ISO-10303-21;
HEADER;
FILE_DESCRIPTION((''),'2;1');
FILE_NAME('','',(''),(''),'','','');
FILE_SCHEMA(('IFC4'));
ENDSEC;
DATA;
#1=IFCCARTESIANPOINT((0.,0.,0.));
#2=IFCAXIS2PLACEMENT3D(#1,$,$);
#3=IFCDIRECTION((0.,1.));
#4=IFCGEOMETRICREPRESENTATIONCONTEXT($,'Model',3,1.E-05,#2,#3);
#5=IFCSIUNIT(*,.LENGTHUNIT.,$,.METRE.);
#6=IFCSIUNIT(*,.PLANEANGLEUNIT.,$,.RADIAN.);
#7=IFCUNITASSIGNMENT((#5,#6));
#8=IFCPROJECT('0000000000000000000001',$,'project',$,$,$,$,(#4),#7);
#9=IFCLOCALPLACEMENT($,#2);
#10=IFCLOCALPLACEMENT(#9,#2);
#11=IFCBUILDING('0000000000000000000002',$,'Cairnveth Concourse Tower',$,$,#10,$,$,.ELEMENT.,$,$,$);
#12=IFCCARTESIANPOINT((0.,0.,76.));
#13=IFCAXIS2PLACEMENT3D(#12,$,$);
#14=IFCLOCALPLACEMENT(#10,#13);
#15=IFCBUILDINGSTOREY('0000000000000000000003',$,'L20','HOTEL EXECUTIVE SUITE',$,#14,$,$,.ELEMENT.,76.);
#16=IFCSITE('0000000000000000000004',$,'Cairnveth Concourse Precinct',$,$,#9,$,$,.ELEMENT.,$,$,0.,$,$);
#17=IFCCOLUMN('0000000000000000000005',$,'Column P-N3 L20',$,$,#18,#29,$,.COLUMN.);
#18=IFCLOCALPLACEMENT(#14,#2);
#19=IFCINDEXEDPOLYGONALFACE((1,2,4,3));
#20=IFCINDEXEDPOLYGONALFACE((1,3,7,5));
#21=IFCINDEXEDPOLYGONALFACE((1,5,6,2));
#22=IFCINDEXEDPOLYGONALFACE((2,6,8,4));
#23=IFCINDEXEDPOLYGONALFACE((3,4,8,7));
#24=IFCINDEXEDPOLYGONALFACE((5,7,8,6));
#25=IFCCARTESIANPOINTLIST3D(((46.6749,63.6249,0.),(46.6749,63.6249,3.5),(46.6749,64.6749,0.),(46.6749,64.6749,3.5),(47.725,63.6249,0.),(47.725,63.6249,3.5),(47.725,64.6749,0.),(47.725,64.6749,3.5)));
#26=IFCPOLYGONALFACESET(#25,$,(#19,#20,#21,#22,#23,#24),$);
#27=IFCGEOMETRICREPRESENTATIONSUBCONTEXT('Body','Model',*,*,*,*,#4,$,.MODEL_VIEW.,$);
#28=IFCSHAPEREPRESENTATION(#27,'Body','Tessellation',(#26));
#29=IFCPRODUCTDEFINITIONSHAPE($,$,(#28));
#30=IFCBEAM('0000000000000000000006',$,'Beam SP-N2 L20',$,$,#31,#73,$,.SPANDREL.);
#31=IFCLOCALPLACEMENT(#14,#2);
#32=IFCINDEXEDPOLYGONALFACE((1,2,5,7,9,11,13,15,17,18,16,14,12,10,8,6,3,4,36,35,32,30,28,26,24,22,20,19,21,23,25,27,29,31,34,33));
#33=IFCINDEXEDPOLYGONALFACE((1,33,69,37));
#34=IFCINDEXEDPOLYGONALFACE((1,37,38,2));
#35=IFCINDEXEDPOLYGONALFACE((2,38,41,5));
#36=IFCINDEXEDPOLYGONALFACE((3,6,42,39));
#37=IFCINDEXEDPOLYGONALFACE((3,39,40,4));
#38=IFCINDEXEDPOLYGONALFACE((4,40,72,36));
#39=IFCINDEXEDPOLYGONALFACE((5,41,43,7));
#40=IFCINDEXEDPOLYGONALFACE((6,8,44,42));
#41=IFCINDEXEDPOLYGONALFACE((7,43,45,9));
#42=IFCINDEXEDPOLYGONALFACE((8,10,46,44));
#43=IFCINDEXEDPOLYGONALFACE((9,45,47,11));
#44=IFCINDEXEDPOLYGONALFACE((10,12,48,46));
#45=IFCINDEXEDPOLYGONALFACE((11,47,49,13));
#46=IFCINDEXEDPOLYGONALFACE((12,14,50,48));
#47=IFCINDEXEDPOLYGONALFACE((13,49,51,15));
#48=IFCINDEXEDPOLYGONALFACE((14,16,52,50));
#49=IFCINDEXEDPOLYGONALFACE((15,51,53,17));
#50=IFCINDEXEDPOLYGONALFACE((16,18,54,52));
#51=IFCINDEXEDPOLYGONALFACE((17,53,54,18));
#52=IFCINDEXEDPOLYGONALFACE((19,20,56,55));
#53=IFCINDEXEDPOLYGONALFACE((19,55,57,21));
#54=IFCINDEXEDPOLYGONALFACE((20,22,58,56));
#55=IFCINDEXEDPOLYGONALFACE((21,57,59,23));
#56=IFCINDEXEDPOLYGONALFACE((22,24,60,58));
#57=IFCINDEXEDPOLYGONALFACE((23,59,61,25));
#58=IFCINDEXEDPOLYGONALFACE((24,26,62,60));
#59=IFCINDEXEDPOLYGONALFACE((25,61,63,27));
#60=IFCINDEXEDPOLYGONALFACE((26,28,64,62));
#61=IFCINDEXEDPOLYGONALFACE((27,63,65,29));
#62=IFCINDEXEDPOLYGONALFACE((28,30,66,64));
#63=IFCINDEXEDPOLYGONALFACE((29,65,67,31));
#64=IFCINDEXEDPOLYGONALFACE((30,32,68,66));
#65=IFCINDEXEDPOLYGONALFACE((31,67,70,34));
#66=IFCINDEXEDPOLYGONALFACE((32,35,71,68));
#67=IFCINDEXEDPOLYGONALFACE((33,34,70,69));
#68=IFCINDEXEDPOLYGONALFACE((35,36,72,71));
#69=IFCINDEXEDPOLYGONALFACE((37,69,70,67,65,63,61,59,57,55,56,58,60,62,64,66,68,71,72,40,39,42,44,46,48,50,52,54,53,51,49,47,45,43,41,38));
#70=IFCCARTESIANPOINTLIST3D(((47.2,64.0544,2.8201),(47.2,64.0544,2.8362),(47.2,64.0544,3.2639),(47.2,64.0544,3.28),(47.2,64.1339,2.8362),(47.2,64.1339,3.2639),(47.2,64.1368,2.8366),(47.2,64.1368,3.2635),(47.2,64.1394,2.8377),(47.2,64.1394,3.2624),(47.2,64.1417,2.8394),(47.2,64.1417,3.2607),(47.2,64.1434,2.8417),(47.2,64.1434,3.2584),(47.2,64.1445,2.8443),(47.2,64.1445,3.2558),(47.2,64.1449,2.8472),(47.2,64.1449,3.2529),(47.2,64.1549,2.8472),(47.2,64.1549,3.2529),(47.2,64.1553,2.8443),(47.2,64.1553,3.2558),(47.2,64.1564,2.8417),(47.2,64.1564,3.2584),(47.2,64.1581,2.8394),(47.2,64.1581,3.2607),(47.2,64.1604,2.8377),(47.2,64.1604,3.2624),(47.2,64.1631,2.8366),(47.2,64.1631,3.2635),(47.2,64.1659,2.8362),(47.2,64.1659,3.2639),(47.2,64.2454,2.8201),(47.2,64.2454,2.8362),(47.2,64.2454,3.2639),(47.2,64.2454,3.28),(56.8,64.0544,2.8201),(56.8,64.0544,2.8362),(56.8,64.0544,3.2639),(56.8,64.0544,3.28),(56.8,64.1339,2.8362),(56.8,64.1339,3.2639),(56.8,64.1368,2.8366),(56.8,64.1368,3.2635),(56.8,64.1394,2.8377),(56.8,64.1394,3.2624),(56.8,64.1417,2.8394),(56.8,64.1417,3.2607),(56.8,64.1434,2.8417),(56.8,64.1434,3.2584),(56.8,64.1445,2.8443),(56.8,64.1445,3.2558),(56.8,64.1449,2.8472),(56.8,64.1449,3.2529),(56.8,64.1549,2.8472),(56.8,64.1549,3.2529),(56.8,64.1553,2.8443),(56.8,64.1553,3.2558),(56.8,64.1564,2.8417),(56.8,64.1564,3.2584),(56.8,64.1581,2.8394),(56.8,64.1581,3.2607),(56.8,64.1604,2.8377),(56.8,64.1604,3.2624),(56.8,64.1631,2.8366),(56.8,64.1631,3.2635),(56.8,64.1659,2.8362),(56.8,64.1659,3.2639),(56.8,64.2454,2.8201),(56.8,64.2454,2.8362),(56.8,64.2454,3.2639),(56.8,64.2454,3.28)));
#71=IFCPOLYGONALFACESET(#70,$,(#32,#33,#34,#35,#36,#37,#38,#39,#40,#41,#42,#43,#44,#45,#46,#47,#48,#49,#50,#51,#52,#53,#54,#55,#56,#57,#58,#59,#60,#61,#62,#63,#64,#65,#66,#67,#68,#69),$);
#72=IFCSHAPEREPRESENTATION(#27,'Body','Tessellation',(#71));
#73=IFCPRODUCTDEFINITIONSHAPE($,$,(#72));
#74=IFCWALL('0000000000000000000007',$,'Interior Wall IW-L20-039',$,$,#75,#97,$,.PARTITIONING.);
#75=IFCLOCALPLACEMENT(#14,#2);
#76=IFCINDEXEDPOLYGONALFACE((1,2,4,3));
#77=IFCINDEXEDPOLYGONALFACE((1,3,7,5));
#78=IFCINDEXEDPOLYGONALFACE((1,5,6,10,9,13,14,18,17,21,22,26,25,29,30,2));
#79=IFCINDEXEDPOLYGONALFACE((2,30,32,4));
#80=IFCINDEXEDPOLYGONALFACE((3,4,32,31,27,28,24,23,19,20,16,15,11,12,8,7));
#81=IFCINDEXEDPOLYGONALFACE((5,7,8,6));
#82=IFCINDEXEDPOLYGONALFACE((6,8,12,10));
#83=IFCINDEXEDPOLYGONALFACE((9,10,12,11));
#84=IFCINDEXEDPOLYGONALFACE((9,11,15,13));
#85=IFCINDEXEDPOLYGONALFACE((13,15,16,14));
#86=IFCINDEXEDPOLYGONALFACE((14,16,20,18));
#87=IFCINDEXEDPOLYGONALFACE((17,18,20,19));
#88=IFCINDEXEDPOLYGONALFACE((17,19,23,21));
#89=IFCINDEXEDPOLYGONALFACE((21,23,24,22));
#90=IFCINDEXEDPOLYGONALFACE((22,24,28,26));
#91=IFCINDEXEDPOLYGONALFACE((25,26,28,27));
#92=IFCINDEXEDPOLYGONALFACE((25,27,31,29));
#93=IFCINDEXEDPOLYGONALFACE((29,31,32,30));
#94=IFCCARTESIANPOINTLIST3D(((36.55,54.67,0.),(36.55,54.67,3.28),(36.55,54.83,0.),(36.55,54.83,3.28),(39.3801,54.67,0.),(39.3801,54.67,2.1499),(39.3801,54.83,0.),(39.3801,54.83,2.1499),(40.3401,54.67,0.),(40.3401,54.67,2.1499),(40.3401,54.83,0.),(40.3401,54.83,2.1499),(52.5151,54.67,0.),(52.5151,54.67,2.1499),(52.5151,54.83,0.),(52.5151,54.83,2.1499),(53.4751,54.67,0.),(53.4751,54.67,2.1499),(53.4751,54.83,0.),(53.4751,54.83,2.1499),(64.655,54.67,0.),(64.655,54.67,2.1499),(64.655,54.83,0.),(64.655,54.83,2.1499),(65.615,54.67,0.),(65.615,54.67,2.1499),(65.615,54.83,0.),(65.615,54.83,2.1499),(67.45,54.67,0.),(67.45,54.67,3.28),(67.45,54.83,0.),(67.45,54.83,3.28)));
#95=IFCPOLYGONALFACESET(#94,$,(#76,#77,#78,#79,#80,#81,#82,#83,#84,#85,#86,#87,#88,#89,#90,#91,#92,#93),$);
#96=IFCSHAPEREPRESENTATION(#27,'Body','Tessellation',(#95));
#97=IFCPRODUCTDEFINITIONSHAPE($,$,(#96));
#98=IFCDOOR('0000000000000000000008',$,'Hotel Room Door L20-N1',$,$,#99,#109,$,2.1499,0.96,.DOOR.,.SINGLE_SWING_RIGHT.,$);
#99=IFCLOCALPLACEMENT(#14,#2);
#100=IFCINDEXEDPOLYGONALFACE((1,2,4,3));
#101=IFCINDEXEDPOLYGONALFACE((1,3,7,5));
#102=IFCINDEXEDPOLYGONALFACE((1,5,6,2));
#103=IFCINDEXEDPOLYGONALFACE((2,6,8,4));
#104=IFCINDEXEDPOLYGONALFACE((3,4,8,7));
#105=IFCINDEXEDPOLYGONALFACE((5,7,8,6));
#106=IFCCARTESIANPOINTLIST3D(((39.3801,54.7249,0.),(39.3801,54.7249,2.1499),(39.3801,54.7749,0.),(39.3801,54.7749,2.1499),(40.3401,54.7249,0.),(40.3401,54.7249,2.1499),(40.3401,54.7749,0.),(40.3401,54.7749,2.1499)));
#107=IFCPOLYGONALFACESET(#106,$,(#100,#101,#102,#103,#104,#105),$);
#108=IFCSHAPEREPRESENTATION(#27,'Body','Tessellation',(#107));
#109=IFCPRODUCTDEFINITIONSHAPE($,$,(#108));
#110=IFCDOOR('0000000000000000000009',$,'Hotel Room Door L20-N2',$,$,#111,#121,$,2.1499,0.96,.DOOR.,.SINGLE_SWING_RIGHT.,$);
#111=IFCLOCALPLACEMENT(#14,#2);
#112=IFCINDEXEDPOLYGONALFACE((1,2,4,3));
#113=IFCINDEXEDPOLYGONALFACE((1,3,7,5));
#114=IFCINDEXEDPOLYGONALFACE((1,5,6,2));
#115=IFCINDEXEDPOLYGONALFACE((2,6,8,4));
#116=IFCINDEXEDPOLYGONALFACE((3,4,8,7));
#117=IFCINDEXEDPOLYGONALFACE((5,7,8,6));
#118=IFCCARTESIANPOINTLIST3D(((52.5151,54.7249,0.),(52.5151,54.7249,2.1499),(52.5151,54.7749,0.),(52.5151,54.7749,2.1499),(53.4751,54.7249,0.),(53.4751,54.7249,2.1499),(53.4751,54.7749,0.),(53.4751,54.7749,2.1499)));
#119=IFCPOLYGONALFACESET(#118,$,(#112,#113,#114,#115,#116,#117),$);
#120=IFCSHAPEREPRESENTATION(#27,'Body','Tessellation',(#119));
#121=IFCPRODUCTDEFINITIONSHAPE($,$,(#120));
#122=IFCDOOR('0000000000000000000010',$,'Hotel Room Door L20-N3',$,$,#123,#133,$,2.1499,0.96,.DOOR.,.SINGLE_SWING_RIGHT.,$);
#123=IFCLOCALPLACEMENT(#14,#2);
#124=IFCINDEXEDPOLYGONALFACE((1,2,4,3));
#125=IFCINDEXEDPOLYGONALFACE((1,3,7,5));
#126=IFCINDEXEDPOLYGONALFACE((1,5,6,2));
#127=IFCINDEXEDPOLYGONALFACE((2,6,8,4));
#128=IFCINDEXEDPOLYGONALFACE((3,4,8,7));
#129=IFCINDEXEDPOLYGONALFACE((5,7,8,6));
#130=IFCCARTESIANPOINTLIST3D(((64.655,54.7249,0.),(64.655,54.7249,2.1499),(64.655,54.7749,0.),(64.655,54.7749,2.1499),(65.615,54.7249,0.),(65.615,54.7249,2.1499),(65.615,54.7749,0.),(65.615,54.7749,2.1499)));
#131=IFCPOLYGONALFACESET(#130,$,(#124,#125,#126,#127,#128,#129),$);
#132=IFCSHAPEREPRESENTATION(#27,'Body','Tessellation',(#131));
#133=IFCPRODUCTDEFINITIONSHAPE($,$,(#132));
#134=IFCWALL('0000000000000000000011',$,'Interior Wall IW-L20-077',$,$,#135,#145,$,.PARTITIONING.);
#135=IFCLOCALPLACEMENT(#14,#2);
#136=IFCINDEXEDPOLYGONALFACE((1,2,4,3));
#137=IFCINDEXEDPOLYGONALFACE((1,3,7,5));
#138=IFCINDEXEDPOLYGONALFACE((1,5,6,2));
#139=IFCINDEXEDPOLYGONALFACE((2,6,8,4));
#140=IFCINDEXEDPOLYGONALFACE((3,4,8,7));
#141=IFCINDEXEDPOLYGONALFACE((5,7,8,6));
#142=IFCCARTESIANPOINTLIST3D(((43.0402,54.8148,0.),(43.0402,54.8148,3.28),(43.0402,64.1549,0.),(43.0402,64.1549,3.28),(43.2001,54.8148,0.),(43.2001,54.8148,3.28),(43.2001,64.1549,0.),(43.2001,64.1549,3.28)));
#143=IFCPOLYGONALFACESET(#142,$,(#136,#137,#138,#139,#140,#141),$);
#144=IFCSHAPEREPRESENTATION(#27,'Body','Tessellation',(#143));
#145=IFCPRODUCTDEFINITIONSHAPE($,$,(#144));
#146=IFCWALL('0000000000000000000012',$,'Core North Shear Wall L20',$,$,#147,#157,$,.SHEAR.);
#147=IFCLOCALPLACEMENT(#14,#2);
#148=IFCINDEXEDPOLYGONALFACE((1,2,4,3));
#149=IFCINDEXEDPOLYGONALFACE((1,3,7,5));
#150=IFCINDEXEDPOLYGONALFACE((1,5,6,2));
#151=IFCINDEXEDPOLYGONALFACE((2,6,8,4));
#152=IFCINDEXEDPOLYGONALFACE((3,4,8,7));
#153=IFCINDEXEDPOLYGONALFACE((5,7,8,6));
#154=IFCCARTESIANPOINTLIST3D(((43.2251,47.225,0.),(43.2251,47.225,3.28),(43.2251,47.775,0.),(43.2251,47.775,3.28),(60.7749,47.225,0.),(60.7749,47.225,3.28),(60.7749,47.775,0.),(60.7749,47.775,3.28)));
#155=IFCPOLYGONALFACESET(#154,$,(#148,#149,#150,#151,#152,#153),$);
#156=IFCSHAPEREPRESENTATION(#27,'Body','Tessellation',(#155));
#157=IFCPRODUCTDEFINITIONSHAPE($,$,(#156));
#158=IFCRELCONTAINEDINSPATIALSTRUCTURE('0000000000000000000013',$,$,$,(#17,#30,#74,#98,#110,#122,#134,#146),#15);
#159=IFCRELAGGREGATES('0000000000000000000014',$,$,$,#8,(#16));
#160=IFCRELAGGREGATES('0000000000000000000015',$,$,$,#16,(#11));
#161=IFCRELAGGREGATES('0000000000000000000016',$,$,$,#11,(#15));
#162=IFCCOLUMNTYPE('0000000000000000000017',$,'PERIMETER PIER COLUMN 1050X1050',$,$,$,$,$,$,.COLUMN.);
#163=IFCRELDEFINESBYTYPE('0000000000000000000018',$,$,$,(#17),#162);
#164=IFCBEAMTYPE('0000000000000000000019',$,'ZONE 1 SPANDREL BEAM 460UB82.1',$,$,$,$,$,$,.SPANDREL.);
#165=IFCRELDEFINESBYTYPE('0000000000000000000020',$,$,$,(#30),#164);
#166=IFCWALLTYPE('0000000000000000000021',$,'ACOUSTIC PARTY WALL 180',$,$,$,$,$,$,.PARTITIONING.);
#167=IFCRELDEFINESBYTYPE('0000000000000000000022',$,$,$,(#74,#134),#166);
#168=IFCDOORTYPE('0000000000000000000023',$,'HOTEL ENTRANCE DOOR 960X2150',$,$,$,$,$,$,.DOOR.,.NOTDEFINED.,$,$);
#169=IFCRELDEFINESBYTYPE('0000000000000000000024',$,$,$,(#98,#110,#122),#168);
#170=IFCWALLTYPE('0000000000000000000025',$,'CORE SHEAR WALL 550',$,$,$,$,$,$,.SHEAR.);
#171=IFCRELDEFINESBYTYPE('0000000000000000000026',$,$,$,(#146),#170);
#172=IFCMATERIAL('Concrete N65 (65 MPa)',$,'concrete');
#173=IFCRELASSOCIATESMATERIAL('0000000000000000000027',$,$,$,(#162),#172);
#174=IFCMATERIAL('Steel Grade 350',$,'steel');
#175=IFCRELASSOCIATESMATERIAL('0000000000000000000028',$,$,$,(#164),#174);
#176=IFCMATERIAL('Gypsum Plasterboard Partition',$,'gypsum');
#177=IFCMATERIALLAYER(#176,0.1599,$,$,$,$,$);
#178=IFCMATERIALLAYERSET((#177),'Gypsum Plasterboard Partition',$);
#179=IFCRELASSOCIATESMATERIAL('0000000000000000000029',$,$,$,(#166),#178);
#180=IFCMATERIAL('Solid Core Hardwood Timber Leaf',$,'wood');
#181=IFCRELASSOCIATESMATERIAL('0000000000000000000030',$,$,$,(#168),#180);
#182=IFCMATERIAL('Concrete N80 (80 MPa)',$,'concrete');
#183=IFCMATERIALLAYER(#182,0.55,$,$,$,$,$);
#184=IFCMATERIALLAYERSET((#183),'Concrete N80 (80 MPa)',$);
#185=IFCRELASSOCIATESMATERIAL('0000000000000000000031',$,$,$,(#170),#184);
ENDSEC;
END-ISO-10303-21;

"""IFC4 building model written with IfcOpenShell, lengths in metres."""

from ifc_helpers import new_model, si_unit, direction, frame, frame_2d, origin, origin_2d, place, context, subcontext, project, spatial, rectangle, i_section, extrude, material, layer, layer_set, material_profile, profile_set, type_object, element, fill, save


model = new_model("IFC4")

# Units and contexts
model_context = context("Model", 3, precision=1e-05, world=origin(), true_north=direction((0.0, 1.0)))
body_context = subcontext(model_context, "Body", "Model", "MODEL_VIEW")
ifc_project = project(units=[si_unit("LENGTHUNIT", "METRE"), si_unit("PLANEANGLEUNIT", "RADIAN")], contexts=[model_context])

# Site, building, storey
site_placement = place(None, origin())
site = spatial("IfcSite", under=ifc_project, at=site_placement, Name="Cairnveth Concourse Precinct", CompositionType="ELEMENT", RefElevation=0.0)
building_placement = place(site_placement, origin())
building = spatial("IfcBuilding", under=site, at=building_placement, Name="Cairnveth Concourse Tower", CompositionType="ELEMENT")
storey_placement = place(building_placement, frame((0.0, 0.0, 76.0)))
storey = spatial("IfcBuildingStorey", under=building, at=storey_placement, Name="L20", Description="HOTEL EXECUTIVE SUITE", CompositionType="ELEMENT", Elevation=76.0)

# Column
ifc_material_1 = material(Name="Concrete N65 (65 MPa)", Category="concrete")
ifc_material_profile_1 = material_profile(ifc_material_1, rectangle(XDim=1.05, YDim=1.05, at=origin_2d()), Name="RC-COL-1050x1050")
ifc_profile_set_1 = profile_set([ifc_material_profile_1], Name="Concrete N65 (65 MPa)")
column_type = type_object("IfcColumnType", Name="PERIMETER PIER COLUMN 1050X1050", PredefinedType="COLUMN", material=ifc_profile_set_1)
column_placement = place(storey_placement, frame((47.2, 64.1499, 0.0), z_axis=(0.0, 0.0, 1.0), x_axis=(1.0, 0.0, 0.0)))
element("IfcColumn", 1, at=column_placement, inside=storey, type_object=column_type, Name="Column P-N3 L20", PredefinedType="COLUMN", context=body_context, shape_type="SweptSolid", body=[
    extrude(rectangle(XDim=1.05, YDim=1.05, at=origin_2d()), origin(), (0.0, 0.0, 1.0), 3.5),
])

# Beam
ifc_material_2 = material(Name="Steel Grade 350", Category="steel")
ifc_material_profile_2 = material_profile(ifc_material_2, i_section(OverallWidth=0.1909, OverallDepth=0.46, WebThickness=0.01, FlangeThickness=0.0161, FilletRadius=0.011, at=origin_2d()), Name="460UB82.1")
ifc_profile_set_2 = profile_set([ifc_material_profile_2], Name="Steel Grade 350")
beam_type = type_object("IfcBeamType", Name="ZONE 1 SPANDREL BEAM 460UB82.1", PredefinedType="SPANDREL", material=ifc_profile_set_2)
beam_placement = place(storey_placement, frame((47.2, 64.1499, 3.05), z_axis=(1.0, 0.0, 0.0), x_axis=(0.0, 1.0, 0.0)))
element("IfcBeam", 2, at=beam_placement, inside=storey, type_object=beam_type, Name="Beam SP-N2 L20", PredefinedType="SPANDREL", context=body_context, shape_type="SweptSolid", body=[
    extrude(i_section(OverallWidth=0.1909, OverallDepth=0.46, WebThickness=0.01, FlangeThickness=0.0161, FilletRadius=0.011, at=origin_2d()), origin(), (0.0, 0.0, 1.0), 9.6001),
])

# Wall, openings, doors
ifc_material_3 = material(Name="Gypsum Plasterboard Partition", Category="gypsum")
ifc_layer_1 = layer(ifc_material_3, 0.1599)
ifc_layer_set_1 = layer_set([ifc_layer_1], Name="Gypsum Plasterboard Partition")
wall_type_1 = type_object("IfcWallType", Name="ACOUSTIC PARTY WALL 180", PredefinedType="PARTITIONING", material=ifc_layer_set_1)
wall_1_placement = place(storey_placement, frame((36.55, 54.75, 0.0), z_axis=(0.0, 0.0, 1.0), x_axis=(1.0, 0.0, 0.0)))
wall_1 = element("IfcWall", 3, at=wall_1_placement, inside=storey, type_object=wall_type_1, Name="Interior Wall IW-L20-039", PredefinedType="PARTITIONING", context=body_context, shape_type="SweptSolid", body=[
    extrude(rectangle(XDim=30.8999, YDim=0.1599, at=frame_2d((15.45, 0.0))), origin(), (0.0, 0.0, 1.0), 3.28),
])
opening_1_placement = place(wall_1_placement, frame((2.8301, 0.0, 0.0)))
opening_1 = element("IfcOpeningElement", 4, at=opening_1_placement, cuts=wall_1, PredefinedType="OPENING", context=body_context, shape_type="SweptSolid", body=[
    extrude(rectangle(XDim=0.96, YDim=2.1499, at=frame_2d((0.48, 1.075))), frame((0.0, 0.0898, 0.0), z_axis=(0.0, -1.0, 0.0), x_axis=(1.0, 0.0, 0.0)), (0.0, 0.0, 1.0), 0.1799),
])
opening_2_placement = place(wall_1_placement, frame((15.9651, 0.0, 0.0)))
opening_2 = element("IfcOpeningElement", 5, at=opening_2_placement, cuts=wall_1, PredefinedType="OPENING", context=body_context, shape_type="SweptSolid", body=[
    extrude(rectangle(XDim=0.96, YDim=2.1499, at=frame_2d((0.48, 1.075))), frame((0.0, 0.0898, 0.0), z_axis=(0.0, -1.0, 0.0), x_axis=(1.0, 0.0, 0.0)), (0.0, 0.0, 1.0), 0.1799),
])
opening_3_placement = place(wall_1_placement, frame((28.105, 0.0, 0.0)))
opening_3 = element("IfcOpeningElement", 6, at=opening_3_placement, cuts=wall_1, PredefinedType="OPENING", context=body_context, shape_type="SweptSolid", body=[
    extrude(rectangle(XDim=0.96, YDim=2.1499, at=frame_2d((0.48, 1.075))), frame((0.0, 0.0898, 0.0), z_axis=(0.0, -1.0, 0.0), x_axis=(1.0, 0.0, 0.0)), (0.0, 0.0, 1.0), 0.1799),
])
ifc_material_4 = material(Name="Solid Core Hardwood Timber Leaf", Category="wood")
door_type_1 = type_object("IfcDoorType", Name="HOTEL ENTRANCE DOOR 960X2150", OperationType="NOTDEFINED", PredefinedType="DOOR", material=ifc_material_4)
door_1_placement = place(opening_1_placement, origin())
door_1 = element("IfcDoor", 7, at=door_1_placement, inside=storey, type_object=door_type_1, Name="Hotel Room Door L20-N1", OperationType="SINGLE_SWING_RIGHT", OverallHeight=2.1499, OverallWidth=0.96, PredefinedType="DOOR", context=body_context, shape_type="SweptSolid", body=[
    extrude(rectangle(XDim=0.96, YDim=2.1499, at=frame_2d((0.48, 1.075))), frame((0.0, 0.0249, 0.0), z_axis=(0.0, -1.0, 0.0), x_axis=(1.0, 0.0, 0.0)), (0.0, 0.0, 1.0), 0.05),
])
fill(opening_1, door_1)
door_2_placement = place(opening_2_placement, origin())
door_2 = element("IfcDoor", 8, at=door_2_placement, inside=storey, type_object=door_type_1, Name="Hotel Room Door L20-N2", OperationType="SINGLE_SWING_RIGHT", OverallHeight=2.1499, OverallWidth=0.96, PredefinedType="DOOR", context=body_context, shape_type="SweptSolid", body=[
    extrude(rectangle(XDim=0.96, YDim=2.1499, at=frame_2d((0.48, 1.075))), frame((0.0, 0.0249, 0.0), z_axis=(0.0, -1.0, 0.0), x_axis=(1.0, 0.0, 0.0)), (0.0, 0.0, 1.0), 0.05),
])
fill(opening_2, door_2)
door_3_placement = place(opening_3_placement, origin())
door_3 = element("IfcDoor", 9, at=door_3_placement, inside=storey, type_object=door_type_1, Name="Hotel Room Door L20-N3", OperationType="SINGLE_SWING_RIGHT", OverallHeight=2.1499, OverallWidth=0.96, PredefinedType="DOOR", context=body_context, shape_type="SweptSolid", body=[
    extrude(rectangle(XDim=0.96, YDim=2.1499, at=frame_2d((0.48, 1.075))), frame((0.0, 0.0249, 0.0), z_axis=(0.0, -1.0, 0.0), x_axis=(1.0, 0.0, 0.0)), (0.0, 0.0, 1.0), 0.05),
])
fill(opening_3, door_3)

# Walls
wall_2_placement = place(storey_placement, frame((43.1201, 54.8149, 0.0), z_axis=(0.0, 0.0, 1.0), x_axis=(0.0, 1.0, 0.0)))
element("IfcWall", 10, at=wall_2_placement, inside=storey, type_object=wall_type_1, Name="Interior Wall IW-L20-077", PredefinedType="PARTITIONING", context=body_context, shape_type="SweptSolid", body=[
    extrude(rectangle(XDim=9.3401, YDim=0.1599, at=frame_2d((4.6699, 0.0))), origin(), (0.0, 0.0, 1.0), 3.28),
])
ifc_material_5 = material(Name="Concrete N80 (80 MPa)", Category="concrete")
ifc_layer_2 = layer(ifc_material_5, 0.55)
ifc_layer_set_2 = layer_set([ifc_layer_2], Name="Concrete N80 (80 MPa)")
wall_type_2 = type_object("IfcWallType", Name="CORE SHEAR WALL 550", PredefinedType="SHEAR", material=ifc_layer_set_2)
wall_3_placement = place(storey_placement, frame((43.2251, 47.5, 0.0), z_axis=(0.0, 0.0, 1.0), x_axis=(1.0, 0.0, 0.0)))
element("IfcWall", 11, at=wall_3_placement, inside=storey, type_object=wall_type_2, Name="Core North Shear Wall L20", PredefinedType="SHEAR", context=body_context, shape_type="SweptSolid", body=[
    extrude(rectangle(XDim=17.5498, YDim=0.55, at=frame_2d((8.7749, 0.0))), origin(), (0.0, 0.0, 1.0), 3.28),
])

save(model, "model.ifc")
